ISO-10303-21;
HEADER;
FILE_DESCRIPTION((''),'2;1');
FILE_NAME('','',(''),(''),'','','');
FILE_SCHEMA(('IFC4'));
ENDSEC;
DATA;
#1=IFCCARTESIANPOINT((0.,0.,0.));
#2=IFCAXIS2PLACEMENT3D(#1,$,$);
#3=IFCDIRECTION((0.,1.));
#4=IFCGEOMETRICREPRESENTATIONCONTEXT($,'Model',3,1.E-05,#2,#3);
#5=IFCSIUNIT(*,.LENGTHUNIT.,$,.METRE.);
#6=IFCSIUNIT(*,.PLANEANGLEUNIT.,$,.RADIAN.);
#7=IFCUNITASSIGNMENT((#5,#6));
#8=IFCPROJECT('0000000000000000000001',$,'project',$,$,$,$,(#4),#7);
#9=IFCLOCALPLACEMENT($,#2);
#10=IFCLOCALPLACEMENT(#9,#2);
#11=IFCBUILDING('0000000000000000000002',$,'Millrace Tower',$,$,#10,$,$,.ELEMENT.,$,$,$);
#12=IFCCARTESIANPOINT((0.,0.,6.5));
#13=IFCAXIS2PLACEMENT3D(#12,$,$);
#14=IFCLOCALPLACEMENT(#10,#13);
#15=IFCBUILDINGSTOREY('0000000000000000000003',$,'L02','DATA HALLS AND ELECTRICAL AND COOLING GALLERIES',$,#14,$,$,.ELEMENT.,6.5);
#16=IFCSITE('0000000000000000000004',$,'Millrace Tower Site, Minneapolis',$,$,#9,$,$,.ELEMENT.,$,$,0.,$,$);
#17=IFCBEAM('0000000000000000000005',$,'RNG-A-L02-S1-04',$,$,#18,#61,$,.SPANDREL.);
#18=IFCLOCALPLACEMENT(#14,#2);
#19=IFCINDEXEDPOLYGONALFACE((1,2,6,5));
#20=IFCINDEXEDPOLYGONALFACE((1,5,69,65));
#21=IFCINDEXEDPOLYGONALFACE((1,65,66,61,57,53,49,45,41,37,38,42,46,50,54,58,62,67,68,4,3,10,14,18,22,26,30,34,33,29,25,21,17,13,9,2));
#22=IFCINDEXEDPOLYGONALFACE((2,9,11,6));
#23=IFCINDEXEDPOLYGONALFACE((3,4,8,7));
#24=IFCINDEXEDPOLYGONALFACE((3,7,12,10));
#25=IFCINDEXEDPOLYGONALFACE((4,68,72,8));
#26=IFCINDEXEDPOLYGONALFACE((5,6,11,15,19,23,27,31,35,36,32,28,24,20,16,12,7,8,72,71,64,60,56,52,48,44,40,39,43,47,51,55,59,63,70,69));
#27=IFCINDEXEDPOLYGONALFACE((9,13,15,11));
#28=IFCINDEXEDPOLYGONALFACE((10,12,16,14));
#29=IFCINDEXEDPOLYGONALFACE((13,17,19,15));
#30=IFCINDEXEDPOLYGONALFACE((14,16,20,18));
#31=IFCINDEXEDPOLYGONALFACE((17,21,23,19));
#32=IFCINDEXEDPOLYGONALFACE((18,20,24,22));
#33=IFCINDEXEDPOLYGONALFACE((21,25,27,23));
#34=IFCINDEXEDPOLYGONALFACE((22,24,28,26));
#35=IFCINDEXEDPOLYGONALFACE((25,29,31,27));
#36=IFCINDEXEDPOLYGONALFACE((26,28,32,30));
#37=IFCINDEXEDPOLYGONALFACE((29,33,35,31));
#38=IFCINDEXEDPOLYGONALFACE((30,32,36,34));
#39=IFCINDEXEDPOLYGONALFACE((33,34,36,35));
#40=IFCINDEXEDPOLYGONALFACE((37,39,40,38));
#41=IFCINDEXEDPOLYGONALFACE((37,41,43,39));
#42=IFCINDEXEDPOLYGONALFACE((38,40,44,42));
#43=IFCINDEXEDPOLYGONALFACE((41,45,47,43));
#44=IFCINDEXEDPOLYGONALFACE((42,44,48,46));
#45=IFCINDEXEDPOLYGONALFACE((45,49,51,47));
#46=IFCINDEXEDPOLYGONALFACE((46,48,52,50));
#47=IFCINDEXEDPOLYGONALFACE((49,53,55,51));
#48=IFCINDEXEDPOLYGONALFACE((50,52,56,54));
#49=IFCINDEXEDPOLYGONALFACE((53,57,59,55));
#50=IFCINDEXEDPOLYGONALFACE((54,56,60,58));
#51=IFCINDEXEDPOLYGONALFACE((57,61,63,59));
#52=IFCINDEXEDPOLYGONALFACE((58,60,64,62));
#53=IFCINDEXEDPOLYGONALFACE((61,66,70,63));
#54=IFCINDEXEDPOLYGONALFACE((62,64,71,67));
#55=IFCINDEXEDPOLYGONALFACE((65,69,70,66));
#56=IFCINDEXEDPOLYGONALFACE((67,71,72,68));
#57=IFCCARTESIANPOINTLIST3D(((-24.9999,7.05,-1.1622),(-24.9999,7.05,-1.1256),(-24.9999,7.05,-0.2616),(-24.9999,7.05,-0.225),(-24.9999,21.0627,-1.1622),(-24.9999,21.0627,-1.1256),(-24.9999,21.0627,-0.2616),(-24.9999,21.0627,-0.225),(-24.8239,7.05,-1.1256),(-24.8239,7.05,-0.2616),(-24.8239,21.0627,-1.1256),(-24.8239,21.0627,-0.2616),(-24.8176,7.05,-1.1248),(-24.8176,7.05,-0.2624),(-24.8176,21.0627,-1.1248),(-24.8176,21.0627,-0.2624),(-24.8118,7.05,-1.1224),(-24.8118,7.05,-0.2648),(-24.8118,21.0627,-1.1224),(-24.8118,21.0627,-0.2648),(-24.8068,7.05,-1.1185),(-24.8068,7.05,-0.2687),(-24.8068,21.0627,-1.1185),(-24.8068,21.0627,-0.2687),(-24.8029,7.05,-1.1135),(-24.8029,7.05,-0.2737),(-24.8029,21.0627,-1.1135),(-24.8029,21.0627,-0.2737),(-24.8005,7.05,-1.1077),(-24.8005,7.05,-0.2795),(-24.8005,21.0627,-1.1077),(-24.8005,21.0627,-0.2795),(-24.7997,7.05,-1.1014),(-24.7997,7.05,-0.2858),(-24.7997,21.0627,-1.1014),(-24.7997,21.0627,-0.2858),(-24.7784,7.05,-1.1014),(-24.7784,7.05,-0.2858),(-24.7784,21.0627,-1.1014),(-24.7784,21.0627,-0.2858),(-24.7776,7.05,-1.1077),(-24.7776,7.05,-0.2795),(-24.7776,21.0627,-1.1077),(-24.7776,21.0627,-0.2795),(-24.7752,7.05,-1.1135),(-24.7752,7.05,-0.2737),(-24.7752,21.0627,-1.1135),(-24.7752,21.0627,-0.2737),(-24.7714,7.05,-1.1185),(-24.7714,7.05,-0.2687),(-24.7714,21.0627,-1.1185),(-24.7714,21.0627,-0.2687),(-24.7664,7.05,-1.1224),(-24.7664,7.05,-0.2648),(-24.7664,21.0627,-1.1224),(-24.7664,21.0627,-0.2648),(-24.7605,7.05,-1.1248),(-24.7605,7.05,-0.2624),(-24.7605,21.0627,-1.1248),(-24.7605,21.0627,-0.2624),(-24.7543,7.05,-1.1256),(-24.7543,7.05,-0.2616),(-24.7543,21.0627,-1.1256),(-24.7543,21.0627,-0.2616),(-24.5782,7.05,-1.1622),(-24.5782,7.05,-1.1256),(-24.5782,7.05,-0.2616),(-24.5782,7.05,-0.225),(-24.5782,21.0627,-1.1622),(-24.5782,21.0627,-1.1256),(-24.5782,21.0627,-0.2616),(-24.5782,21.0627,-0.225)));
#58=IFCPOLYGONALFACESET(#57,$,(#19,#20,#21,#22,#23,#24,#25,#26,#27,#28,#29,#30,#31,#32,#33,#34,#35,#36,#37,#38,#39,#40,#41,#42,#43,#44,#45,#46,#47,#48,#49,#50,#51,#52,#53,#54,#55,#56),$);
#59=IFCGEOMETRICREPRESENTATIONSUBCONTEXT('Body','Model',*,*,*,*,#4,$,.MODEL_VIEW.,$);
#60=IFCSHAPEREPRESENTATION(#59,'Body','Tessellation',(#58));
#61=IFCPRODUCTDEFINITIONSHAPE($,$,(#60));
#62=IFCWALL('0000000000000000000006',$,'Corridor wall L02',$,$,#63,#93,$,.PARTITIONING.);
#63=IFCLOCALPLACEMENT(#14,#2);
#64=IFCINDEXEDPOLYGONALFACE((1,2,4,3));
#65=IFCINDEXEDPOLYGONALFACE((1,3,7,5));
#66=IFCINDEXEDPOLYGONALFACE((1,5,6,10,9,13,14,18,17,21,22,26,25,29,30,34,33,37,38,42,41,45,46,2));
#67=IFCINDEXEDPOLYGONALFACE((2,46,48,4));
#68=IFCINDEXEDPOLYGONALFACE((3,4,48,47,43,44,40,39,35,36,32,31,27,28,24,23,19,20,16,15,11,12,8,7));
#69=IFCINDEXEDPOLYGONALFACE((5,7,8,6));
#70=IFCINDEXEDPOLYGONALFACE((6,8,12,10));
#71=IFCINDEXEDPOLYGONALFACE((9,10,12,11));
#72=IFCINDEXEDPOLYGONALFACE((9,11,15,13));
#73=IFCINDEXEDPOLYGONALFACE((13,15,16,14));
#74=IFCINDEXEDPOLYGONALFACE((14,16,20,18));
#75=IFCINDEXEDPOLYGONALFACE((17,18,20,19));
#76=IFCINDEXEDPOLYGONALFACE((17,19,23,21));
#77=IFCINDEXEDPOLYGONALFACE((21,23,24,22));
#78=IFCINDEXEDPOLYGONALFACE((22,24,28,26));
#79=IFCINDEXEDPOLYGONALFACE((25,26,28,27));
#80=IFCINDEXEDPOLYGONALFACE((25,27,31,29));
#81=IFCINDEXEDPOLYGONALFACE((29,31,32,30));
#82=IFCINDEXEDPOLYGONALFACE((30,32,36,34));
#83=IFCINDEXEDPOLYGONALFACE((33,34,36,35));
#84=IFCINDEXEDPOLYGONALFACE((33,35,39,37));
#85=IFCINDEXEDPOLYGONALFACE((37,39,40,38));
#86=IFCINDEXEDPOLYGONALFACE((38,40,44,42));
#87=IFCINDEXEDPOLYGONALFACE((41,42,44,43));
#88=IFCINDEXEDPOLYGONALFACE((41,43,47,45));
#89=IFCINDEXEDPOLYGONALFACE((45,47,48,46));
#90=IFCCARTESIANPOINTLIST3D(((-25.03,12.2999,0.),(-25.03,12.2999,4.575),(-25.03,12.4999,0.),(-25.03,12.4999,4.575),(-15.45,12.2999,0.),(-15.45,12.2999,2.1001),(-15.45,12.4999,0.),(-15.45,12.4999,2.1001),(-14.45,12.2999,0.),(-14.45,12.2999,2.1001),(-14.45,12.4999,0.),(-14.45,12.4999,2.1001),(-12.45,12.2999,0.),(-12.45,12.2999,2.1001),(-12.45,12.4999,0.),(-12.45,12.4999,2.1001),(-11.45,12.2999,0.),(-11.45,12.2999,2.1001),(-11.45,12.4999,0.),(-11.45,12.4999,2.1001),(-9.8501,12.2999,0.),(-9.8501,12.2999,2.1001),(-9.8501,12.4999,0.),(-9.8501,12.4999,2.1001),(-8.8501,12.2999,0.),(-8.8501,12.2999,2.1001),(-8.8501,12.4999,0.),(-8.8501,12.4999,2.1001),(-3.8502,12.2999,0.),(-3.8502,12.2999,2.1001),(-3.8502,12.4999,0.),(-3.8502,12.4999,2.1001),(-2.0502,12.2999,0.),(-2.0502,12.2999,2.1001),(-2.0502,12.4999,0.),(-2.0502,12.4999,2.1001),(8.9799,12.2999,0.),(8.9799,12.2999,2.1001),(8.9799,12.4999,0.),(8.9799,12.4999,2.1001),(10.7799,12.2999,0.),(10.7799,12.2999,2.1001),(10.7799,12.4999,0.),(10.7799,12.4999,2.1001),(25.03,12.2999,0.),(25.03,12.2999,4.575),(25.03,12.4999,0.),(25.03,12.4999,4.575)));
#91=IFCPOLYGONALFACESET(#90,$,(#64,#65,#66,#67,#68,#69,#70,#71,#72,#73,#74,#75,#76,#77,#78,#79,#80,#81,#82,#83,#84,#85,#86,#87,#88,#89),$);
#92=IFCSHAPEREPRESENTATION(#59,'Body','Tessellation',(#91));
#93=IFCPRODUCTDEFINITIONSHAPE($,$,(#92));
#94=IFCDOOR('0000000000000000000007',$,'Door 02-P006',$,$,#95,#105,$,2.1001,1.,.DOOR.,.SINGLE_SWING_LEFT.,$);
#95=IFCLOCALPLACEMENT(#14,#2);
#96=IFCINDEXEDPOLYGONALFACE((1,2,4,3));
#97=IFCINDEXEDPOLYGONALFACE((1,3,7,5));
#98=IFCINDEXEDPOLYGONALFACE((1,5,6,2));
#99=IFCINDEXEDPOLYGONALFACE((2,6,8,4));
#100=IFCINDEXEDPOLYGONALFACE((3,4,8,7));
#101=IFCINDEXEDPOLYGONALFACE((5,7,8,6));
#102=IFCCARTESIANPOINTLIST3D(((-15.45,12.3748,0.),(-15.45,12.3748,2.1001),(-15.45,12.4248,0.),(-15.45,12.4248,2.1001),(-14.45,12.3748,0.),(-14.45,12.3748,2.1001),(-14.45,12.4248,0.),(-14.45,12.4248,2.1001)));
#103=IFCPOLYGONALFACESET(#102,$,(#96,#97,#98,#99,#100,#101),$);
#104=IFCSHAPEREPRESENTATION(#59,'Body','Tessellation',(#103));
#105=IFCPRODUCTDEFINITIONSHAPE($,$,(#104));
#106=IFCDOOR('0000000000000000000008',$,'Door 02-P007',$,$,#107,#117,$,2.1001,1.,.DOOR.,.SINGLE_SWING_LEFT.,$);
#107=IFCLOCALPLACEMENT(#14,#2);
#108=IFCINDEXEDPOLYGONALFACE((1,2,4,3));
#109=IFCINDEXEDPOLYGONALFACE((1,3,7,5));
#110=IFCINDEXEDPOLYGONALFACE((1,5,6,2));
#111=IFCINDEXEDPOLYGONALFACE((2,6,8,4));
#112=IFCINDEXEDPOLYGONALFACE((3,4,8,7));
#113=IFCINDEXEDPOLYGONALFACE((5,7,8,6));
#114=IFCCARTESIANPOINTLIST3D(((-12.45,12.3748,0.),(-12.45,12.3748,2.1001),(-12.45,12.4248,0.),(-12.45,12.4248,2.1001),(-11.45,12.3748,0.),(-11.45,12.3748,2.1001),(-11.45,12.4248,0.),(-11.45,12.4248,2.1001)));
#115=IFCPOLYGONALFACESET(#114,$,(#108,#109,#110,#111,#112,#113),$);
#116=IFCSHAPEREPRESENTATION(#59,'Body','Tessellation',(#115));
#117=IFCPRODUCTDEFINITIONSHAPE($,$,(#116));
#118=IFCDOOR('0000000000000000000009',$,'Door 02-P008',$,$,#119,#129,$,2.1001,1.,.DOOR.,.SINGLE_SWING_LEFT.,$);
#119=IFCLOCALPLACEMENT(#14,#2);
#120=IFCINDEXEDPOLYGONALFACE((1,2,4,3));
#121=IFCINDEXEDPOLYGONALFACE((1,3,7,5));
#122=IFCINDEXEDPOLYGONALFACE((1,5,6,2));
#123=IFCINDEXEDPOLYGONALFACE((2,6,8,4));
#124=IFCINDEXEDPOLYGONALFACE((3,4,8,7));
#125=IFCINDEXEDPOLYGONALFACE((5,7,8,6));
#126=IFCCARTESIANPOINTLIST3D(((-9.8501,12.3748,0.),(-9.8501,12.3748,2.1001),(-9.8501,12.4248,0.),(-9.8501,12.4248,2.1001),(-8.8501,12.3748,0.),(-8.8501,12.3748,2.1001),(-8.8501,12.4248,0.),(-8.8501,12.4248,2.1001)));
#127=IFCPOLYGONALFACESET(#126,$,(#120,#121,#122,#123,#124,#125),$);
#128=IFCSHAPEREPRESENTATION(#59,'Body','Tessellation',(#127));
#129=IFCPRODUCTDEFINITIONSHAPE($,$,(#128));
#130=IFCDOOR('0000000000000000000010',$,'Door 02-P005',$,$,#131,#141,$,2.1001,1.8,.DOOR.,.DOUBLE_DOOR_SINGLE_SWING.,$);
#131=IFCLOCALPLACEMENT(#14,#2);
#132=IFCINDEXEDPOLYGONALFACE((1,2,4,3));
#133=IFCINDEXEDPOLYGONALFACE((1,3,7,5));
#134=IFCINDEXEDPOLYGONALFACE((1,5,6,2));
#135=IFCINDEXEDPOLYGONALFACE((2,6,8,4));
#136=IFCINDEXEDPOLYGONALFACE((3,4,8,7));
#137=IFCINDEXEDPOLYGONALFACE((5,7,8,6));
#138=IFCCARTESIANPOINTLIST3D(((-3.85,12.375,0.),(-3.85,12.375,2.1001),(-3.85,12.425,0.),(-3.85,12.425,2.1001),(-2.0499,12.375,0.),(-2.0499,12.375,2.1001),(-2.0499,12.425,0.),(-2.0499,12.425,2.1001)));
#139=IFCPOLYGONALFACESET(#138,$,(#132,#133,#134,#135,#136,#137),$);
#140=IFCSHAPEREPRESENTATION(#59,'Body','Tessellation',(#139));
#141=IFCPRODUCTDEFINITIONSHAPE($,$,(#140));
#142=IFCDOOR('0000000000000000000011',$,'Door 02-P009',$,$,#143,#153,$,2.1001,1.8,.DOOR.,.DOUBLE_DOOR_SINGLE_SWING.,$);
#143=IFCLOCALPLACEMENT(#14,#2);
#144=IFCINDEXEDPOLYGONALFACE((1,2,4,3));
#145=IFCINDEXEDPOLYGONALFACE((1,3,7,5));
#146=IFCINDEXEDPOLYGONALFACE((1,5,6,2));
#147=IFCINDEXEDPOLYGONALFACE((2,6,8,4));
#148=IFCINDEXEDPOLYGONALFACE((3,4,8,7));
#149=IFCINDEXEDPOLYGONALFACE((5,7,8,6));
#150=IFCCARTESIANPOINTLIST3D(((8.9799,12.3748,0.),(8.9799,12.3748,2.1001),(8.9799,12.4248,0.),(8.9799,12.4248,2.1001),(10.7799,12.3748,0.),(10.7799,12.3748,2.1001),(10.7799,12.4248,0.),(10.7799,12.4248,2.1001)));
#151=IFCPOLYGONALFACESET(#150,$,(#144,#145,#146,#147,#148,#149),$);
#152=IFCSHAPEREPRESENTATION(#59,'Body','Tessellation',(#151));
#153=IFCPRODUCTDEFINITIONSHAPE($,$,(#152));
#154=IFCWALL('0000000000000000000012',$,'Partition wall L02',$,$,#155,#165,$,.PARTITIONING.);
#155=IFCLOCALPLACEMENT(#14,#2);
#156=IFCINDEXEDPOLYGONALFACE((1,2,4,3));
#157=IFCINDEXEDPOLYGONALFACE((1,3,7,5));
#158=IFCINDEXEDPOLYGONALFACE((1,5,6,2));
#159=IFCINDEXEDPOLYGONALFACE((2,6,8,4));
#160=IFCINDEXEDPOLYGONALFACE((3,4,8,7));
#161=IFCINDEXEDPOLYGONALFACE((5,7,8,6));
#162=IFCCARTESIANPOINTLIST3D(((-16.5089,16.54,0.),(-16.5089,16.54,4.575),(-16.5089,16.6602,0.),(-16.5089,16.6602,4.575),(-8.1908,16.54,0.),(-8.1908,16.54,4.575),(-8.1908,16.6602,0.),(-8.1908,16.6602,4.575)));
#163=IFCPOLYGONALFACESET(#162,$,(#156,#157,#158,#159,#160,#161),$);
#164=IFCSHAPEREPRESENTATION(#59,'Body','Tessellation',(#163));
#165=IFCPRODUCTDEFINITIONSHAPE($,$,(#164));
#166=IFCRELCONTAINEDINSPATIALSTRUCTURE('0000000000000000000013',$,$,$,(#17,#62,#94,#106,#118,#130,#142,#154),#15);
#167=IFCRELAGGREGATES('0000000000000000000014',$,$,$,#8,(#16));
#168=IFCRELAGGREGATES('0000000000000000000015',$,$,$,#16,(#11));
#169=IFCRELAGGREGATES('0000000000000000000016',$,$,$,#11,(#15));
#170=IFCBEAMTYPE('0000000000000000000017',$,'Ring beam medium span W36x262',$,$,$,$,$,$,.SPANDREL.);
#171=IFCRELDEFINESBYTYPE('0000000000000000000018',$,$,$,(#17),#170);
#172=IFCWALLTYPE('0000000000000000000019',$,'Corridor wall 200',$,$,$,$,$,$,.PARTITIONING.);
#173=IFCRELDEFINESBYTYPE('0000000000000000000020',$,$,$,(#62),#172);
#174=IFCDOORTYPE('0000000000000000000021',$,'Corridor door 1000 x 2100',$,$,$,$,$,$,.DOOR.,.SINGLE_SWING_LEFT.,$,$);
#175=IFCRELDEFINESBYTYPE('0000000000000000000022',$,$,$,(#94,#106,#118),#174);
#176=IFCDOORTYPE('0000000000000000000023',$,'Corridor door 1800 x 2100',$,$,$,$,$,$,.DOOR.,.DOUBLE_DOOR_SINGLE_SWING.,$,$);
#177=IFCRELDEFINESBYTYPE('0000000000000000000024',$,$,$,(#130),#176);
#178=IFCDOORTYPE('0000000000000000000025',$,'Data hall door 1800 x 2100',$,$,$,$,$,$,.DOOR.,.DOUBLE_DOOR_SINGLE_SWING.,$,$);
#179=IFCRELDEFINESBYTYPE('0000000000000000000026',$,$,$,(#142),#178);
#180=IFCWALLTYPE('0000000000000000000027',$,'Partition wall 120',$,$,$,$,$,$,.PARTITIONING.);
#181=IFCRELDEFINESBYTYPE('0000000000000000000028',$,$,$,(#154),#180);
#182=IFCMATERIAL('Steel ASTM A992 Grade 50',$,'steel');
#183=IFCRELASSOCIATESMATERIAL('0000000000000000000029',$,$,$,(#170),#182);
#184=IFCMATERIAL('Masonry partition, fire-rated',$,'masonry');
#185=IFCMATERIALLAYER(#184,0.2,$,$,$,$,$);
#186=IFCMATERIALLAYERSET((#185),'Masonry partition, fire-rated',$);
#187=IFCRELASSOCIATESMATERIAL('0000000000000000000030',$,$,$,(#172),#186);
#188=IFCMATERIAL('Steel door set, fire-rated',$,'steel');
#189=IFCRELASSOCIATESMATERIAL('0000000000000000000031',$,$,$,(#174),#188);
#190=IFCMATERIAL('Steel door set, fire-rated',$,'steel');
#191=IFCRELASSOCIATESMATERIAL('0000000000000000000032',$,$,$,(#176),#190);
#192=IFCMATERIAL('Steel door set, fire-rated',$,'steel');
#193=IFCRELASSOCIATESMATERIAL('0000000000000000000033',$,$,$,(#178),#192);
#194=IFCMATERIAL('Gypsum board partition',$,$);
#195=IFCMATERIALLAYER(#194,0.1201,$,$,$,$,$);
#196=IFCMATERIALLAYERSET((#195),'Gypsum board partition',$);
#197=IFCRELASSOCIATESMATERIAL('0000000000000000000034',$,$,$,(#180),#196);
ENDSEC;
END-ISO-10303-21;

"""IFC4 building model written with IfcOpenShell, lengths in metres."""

from ifc_helpers import new_model, si_unit, direction, frame, frame_2d, origin, origin_2d, place, context, subcontext, project, spatial, rectangle, i_section, extrude, material, layer, layer_set, material_profile, profile_set, type_object, element, fill, save


model = new_model("IFC4")

# Units and contexts
model_context = context("Model", 3, precision=1e-05, world=origin(), true_north=direction((0.0, 1.0)))
body_context = subcontext(model_context, "Body", "Model", "MODEL_VIEW")
ifc_project = project(units=[si_unit("LENGTHUNIT", "METRE"), si_unit("PLANEANGLEUNIT", "RADIAN")], contexts=[model_context])

# Site, building, storey
site_placement = place(None, origin())
site = spatial("IfcSite", under=ifc_project, at=site_placement, Name="Millrace Tower Site, Minneapolis", CompositionType="ELEMENT", RefElevation=0.0)
building_placement = place(site_placement, origin())
building = spatial("IfcBuilding", under=site, at=building_placement, Name="Millrace Tower", CompositionType="ELEMENT")
storey_placement = place(building_placement, frame((0.0, 0.0, 6.5)))
storey = spatial("IfcBuildingStorey", under=building, at=storey_placement, Name="L02", Description="DATA HALLS AND ELECTRICAL AND COOLING GALLERIES", CompositionType="ELEMENT", Elevation=6.5)

# Beam
ifc_material_1 = material(Name="Steel ASTM A992 Grade 50", Category="steel")
ifc_material_profile_1 = material_profile(ifc_material_1, i_section(OverallWidth=0.4216, OverallDepth=0.9373, WebThickness=0.0212, FlangeThickness=0.0366, FilletRadius=0.0242, at=origin_2d()))
ifc_profile_set_1 = profile_set([ifc_material_profile_1], Name="Steel ASTM A992 Grade 50")
beam_type_1 = type_object("IfcBeamType", Name="Ring beam medium span W36x262", PredefinedType="SPANDREL", material=ifc_profile_set_1)
beam_1_placement = place(storey_placement, frame((-24.7891, 7.05, -0.6936), z_axis=(0.0, 1.0, 0.0), x_axis=(-1.0, 0.0, 0.0)))
element("IfcBeam", 1, at=beam_1_placement, inside=storey, type_object=beam_type_1, Name="RNG-A-L02-S1-04", PredefinedType="SPANDREL", context=body_context, shape_type="SweptSolid", body=[
    extrude(i_section(OverallWidth=0.4216, OverallDepth=0.9373, WebThickness=0.0212, FlangeThickness=0.0366, FilletRadius=0.0242, at=origin_2d()), origin(), (0.0, 0.0, 1.0), 14.0127),
])

# Wall, openings, doors
ifc_material_2 = material(Name="Masonry partition, fire-rated", Category="masonry")
ifc_layer_1 = layer(ifc_material_2, 0.2)
ifc_layer_set_1 = layer_set([ifc_layer_1], Name="Masonry partition, fire-rated")
wall_type_1 = type_object("IfcWallType", Name="Corridor wall 200", PredefinedType="PARTITIONING", material=ifc_layer_set_1)
wall_1_placement = place(storey_placement, frame((-25.03, 12.3999, 0.0), z_axis=(0.0, 0.0, 1.0), x_axis=(1.0, 0.0, 0.0)))
wall_1 = element("IfcWall", 2, at=wall_1_placement, inside=storey, type_object=wall_type_1, Name="Corridor wall L02", PredefinedType="PARTITIONING", context=body_context, shape_type="SweptSolid", body=[
    extrude(rectangle(XDim=50.0601, YDim=0.2, at=frame_2d((25.03, 0.0))), origin(), (0.0, 0.0, 1.0), 4.575),
])
opening_1_placement = place(wall_1_placement, frame((21.1799, 0.0, 0.0)))
opening_1 = element("IfcOpeningElement", 3, at=opening_1_placement, cuts=wall_1, PredefinedType="OPENING", context=body_context, shape_type="SweptSolid", body=[
    extrude(rectangle(XDim=1.8, YDim=2.1001, at=frame_2d((0.8999, 1.05))), frame((0.0, 0.1099, 0.0), z_axis=(0.0, -1.0, 0.0), x_axis=(1.0, 0.0, 0.0)), (0.0, 0.0, 1.0), 0.22),
])
opening_2_placement = place(wall_1_placement, frame((9.5801, 0.0, 0.0)))
opening_2 = element("IfcOpeningElement", 4, at=opening_2_placement, cuts=wall_1, PredefinedType="OPENING", context=body_context, shape_type="SweptSolid", body=[
    extrude(rectangle(XDim=1.0, YDim=2.1001, at=frame_2d((0.5, 1.05))), frame((0.0, 0.1099, 0.0), z_axis=(0.0, -1.0, 0.0), x_axis=(1.0, 0.0, 0.0)), (0.0, 0.0, 1.0), 0.22),
])
opening_3_placement = place(wall_1_placement, frame((12.5801, 0.0, 0.0)))
opening_3 = element("IfcOpeningElement", 5, at=opening_3_placement, cuts=wall_1, PredefinedType="OPENING", context=body_context, shape_type="SweptSolid", body=[
    extrude(rectangle(XDim=1.0, YDim=2.1001, at=frame_2d((0.5, 1.05))), frame((0.0, 0.1099, 0.0), z_axis=(0.0, -1.0, 0.0), x_axis=(1.0, 0.0, 0.0)), (0.0, 0.0, 1.0), 0.22),
])
opening_4_placement = place(wall_1_placement, frame((15.1799, 0.0, 0.0)))
opening_4 = element("IfcOpeningElement", 6, at=opening_4_placement, cuts=wall_1, PredefinedType="OPENING", context=body_context, shape_type="SweptSolid", body=[
    extrude(rectangle(XDim=1.0, YDim=2.1001, at=frame_2d((0.5, 1.05))), frame((0.0, 0.1099, 0.0), z_axis=(0.0, -1.0, 0.0), x_axis=(1.0, 0.0, 0.0)), (0.0, 0.0, 1.0), 0.22),
])
opening_5_placement = place(wall_1_placement, frame((34.01, 0.0, 0.0)))
opening_5 = element("IfcOpeningElement", 7, at=opening_5_placement, cuts=wall_1, PredefinedType="OPENING", context=body_context, shape_type="SweptSolid", body=[
    extrude(rectangle(XDim=1.8, YDim=2.1001, at=frame_2d((0.8999, 1.05))), frame((0.0, 0.1099, 0.0), z_axis=(0.0, -1.0, 0.0), x_axis=(1.0, 0.0, 0.0)), (0.0, 0.0, 1.0), 0.22),
])
ifc_material_3 = material(Name="Steel door set, fire-rated", Category="steel")
door_type_1 = type_object("IfcDoorType", Name="Corridor door 1000 x 2100", OperationType="SINGLE_SWING_LEFT", PredefinedType="DOOR", material=ifc_material_3)
door_1_placement = place(opening_2_placement, origin())
door_1 = element("IfcDoor", 8, at=door_1_placement, inside=storey, type_object=door_type_1, Name="Door 02-P006", OperationType="SINGLE_SWING_LEFT", OverallHeight=2.1001, OverallWidth=1.0, PredefinedType="DOOR", context=body_context, shape_type="SweptSolid", body=[
    extrude(rectangle(XDim=1.0, YDim=2.1001, at=frame_2d((0.5, 1.05))), frame((0.0, 0.0249, 0.0), z_axis=(0.0, -1.0, 0.0), x_axis=(1.0, 0.0, 0.0)), (0.0, 0.0, 1.0), 0.05),
])
fill(opening_2, door_1)
door_2_placement = place(opening_3_placement, origin())
door_2 = element("IfcDoor", 9, at=door_2_placement, inside=storey, type_object=door_type_1, Name="Door 02-P007", OperationType="SINGLE_SWING_LEFT", OverallHeight=2.1001, OverallWidth=1.0, PredefinedType="DOOR", context=body_context, shape_type="SweptSolid", body=[
    extrude(rectangle(XDim=1.0, YDim=2.1001, at=frame_2d((0.5, 1.05))), frame((0.0, 0.0249, 0.0), z_axis=(0.0, -1.0, 0.0), x_axis=(1.0, 0.0, 0.0)), (0.0, 0.0, 1.0), 0.05),
])
fill(opening_3, door_2)
door_3_placement = place(opening_4_placement, origin())
door_3 = element("IfcDoor", 10, at=door_3_placement, inside=storey, type_object=door_type_1, Name="Door 02-P008", OperationType="SINGLE_SWING_LEFT", OverallHeight=2.1001, OverallWidth=1.0, PredefinedType="DOOR", context=body_context, shape_type="SweptSolid", body=[
    extrude(rectangle(XDim=1.0, YDim=2.1001, at=frame_2d((0.5, 1.05))), frame((0.0, 0.0249, 0.0), z_axis=(0.0, -1.0, 0.0), x_axis=(1.0, 0.0, 0.0)), (0.0, 0.0, 1.0), 0.05),
])
fill(opening_4, door_3)
ifc_material_4 = material(Name="Steel door set, fire-rated", Category="steel")
door_type_2 = type_object("IfcDoorType", Name="Corridor door 1800 x 2100", OperationType="DOUBLE_DOOR_SINGLE_SWING", PredefinedType="DOOR", material=ifc_material_4)
door_4_placement = place(opening_1_placement, frame((1.8, 0.0, 0.0), z_axis=(0.0, 0.0, 1.0), x_axis=(-1.0, 0.0, 0.0)))
door_4 = element("IfcDoor", 11, at=door_4_placement, inside=storey, type_object=door_type_2, Name="Door 02-P005", OperationType="DOUBLE_DOOR_SINGLE_SWING", OverallHeight=2.1001, OverallWidth=1.8, PredefinedType="DOOR", context=body_context, shape_type="SweptSolid", body=[
    extrude(rectangle(XDim=1.8, YDim=2.1001, at=frame_2d((0.8999, 1.05))), frame((0.0, 0.0249, 0.0), z_axis=(0.0, -1.0, 0.0), x_axis=(1.0, 0.0, 0.0)), (0.0, 0.0, 1.0), 0.05),
])
fill(opening_1, door_4)
ifc_material_5 = material(Name="Steel door set, fire-rated", Category="steel")
door_type_3 = type_object("IfcDoorType", Name="Data hall door 1800 x 2100", OperationType="DOUBLE_DOOR_SINGLE_SWING", PredefinedType="DOOR", material=ifc_material_5)
door_5_placement = place(opening_5_placement, origin())
door_5 = element("IfcDoor", 12, at=door_5_placement, inside=storey, type_object=door_type_3, Name="Door 02-P009", OperationType="DOUBLE_DOOR_SINGLE_SWING", OverallHeight=2.1001, OverallWidth=1.8, PredefinedType="DOOR", context=body_context, shape_type="SweptSolid", body=[
    extrude(rectangle(XDim=1.8, YDim=2.1001, at=frame_2d((0.8999, 1.05))), frame((0.0, 0.0249, 0.0), z_axis=(0.0, -1.0, 0.0), x_axis=(1.0, 0.0, 0.0)), (0.0, 0.0, 1.0), 0.05),
])
fill(opening_5, door_5)

# Wall
ifc_material_6 = material(Name="Gypsum board partition")
ifc_layer_2 = layer(ifc_material_6, 0.1201)
ifc_layer_set_2 = layer_set([ifc_layer_2], Name="Gypsum board partition")
wall_type_2 = type_object("IfcWallType", Name="Partition wall 120", PredefinedType="PARTITIONING", material=ifc_layer_set_2)
wall_2_placement = place(storey_placement, frame((-16.509, 16.6001, 0.0), z_axis=(0.0, 0.0, 1.0), x_axis=(1.0, 0.0, 0.0)))
element("IfcWall", 13, at=wall_2_placement, inside=storey, type_object=wall_type_2, Name="Partition wall L02", PredefinedType="PARTITIONING", context=body_context, shape_type="SweptSolid", body=[
    extrude(rectangle(XDim=8.3181, YDim=0.1201, at=frame_2d((4.1592, 0.0))), origin(), (0.0, 0.0, 1.0), 4.575),
])

save(model, "model.ifc")
